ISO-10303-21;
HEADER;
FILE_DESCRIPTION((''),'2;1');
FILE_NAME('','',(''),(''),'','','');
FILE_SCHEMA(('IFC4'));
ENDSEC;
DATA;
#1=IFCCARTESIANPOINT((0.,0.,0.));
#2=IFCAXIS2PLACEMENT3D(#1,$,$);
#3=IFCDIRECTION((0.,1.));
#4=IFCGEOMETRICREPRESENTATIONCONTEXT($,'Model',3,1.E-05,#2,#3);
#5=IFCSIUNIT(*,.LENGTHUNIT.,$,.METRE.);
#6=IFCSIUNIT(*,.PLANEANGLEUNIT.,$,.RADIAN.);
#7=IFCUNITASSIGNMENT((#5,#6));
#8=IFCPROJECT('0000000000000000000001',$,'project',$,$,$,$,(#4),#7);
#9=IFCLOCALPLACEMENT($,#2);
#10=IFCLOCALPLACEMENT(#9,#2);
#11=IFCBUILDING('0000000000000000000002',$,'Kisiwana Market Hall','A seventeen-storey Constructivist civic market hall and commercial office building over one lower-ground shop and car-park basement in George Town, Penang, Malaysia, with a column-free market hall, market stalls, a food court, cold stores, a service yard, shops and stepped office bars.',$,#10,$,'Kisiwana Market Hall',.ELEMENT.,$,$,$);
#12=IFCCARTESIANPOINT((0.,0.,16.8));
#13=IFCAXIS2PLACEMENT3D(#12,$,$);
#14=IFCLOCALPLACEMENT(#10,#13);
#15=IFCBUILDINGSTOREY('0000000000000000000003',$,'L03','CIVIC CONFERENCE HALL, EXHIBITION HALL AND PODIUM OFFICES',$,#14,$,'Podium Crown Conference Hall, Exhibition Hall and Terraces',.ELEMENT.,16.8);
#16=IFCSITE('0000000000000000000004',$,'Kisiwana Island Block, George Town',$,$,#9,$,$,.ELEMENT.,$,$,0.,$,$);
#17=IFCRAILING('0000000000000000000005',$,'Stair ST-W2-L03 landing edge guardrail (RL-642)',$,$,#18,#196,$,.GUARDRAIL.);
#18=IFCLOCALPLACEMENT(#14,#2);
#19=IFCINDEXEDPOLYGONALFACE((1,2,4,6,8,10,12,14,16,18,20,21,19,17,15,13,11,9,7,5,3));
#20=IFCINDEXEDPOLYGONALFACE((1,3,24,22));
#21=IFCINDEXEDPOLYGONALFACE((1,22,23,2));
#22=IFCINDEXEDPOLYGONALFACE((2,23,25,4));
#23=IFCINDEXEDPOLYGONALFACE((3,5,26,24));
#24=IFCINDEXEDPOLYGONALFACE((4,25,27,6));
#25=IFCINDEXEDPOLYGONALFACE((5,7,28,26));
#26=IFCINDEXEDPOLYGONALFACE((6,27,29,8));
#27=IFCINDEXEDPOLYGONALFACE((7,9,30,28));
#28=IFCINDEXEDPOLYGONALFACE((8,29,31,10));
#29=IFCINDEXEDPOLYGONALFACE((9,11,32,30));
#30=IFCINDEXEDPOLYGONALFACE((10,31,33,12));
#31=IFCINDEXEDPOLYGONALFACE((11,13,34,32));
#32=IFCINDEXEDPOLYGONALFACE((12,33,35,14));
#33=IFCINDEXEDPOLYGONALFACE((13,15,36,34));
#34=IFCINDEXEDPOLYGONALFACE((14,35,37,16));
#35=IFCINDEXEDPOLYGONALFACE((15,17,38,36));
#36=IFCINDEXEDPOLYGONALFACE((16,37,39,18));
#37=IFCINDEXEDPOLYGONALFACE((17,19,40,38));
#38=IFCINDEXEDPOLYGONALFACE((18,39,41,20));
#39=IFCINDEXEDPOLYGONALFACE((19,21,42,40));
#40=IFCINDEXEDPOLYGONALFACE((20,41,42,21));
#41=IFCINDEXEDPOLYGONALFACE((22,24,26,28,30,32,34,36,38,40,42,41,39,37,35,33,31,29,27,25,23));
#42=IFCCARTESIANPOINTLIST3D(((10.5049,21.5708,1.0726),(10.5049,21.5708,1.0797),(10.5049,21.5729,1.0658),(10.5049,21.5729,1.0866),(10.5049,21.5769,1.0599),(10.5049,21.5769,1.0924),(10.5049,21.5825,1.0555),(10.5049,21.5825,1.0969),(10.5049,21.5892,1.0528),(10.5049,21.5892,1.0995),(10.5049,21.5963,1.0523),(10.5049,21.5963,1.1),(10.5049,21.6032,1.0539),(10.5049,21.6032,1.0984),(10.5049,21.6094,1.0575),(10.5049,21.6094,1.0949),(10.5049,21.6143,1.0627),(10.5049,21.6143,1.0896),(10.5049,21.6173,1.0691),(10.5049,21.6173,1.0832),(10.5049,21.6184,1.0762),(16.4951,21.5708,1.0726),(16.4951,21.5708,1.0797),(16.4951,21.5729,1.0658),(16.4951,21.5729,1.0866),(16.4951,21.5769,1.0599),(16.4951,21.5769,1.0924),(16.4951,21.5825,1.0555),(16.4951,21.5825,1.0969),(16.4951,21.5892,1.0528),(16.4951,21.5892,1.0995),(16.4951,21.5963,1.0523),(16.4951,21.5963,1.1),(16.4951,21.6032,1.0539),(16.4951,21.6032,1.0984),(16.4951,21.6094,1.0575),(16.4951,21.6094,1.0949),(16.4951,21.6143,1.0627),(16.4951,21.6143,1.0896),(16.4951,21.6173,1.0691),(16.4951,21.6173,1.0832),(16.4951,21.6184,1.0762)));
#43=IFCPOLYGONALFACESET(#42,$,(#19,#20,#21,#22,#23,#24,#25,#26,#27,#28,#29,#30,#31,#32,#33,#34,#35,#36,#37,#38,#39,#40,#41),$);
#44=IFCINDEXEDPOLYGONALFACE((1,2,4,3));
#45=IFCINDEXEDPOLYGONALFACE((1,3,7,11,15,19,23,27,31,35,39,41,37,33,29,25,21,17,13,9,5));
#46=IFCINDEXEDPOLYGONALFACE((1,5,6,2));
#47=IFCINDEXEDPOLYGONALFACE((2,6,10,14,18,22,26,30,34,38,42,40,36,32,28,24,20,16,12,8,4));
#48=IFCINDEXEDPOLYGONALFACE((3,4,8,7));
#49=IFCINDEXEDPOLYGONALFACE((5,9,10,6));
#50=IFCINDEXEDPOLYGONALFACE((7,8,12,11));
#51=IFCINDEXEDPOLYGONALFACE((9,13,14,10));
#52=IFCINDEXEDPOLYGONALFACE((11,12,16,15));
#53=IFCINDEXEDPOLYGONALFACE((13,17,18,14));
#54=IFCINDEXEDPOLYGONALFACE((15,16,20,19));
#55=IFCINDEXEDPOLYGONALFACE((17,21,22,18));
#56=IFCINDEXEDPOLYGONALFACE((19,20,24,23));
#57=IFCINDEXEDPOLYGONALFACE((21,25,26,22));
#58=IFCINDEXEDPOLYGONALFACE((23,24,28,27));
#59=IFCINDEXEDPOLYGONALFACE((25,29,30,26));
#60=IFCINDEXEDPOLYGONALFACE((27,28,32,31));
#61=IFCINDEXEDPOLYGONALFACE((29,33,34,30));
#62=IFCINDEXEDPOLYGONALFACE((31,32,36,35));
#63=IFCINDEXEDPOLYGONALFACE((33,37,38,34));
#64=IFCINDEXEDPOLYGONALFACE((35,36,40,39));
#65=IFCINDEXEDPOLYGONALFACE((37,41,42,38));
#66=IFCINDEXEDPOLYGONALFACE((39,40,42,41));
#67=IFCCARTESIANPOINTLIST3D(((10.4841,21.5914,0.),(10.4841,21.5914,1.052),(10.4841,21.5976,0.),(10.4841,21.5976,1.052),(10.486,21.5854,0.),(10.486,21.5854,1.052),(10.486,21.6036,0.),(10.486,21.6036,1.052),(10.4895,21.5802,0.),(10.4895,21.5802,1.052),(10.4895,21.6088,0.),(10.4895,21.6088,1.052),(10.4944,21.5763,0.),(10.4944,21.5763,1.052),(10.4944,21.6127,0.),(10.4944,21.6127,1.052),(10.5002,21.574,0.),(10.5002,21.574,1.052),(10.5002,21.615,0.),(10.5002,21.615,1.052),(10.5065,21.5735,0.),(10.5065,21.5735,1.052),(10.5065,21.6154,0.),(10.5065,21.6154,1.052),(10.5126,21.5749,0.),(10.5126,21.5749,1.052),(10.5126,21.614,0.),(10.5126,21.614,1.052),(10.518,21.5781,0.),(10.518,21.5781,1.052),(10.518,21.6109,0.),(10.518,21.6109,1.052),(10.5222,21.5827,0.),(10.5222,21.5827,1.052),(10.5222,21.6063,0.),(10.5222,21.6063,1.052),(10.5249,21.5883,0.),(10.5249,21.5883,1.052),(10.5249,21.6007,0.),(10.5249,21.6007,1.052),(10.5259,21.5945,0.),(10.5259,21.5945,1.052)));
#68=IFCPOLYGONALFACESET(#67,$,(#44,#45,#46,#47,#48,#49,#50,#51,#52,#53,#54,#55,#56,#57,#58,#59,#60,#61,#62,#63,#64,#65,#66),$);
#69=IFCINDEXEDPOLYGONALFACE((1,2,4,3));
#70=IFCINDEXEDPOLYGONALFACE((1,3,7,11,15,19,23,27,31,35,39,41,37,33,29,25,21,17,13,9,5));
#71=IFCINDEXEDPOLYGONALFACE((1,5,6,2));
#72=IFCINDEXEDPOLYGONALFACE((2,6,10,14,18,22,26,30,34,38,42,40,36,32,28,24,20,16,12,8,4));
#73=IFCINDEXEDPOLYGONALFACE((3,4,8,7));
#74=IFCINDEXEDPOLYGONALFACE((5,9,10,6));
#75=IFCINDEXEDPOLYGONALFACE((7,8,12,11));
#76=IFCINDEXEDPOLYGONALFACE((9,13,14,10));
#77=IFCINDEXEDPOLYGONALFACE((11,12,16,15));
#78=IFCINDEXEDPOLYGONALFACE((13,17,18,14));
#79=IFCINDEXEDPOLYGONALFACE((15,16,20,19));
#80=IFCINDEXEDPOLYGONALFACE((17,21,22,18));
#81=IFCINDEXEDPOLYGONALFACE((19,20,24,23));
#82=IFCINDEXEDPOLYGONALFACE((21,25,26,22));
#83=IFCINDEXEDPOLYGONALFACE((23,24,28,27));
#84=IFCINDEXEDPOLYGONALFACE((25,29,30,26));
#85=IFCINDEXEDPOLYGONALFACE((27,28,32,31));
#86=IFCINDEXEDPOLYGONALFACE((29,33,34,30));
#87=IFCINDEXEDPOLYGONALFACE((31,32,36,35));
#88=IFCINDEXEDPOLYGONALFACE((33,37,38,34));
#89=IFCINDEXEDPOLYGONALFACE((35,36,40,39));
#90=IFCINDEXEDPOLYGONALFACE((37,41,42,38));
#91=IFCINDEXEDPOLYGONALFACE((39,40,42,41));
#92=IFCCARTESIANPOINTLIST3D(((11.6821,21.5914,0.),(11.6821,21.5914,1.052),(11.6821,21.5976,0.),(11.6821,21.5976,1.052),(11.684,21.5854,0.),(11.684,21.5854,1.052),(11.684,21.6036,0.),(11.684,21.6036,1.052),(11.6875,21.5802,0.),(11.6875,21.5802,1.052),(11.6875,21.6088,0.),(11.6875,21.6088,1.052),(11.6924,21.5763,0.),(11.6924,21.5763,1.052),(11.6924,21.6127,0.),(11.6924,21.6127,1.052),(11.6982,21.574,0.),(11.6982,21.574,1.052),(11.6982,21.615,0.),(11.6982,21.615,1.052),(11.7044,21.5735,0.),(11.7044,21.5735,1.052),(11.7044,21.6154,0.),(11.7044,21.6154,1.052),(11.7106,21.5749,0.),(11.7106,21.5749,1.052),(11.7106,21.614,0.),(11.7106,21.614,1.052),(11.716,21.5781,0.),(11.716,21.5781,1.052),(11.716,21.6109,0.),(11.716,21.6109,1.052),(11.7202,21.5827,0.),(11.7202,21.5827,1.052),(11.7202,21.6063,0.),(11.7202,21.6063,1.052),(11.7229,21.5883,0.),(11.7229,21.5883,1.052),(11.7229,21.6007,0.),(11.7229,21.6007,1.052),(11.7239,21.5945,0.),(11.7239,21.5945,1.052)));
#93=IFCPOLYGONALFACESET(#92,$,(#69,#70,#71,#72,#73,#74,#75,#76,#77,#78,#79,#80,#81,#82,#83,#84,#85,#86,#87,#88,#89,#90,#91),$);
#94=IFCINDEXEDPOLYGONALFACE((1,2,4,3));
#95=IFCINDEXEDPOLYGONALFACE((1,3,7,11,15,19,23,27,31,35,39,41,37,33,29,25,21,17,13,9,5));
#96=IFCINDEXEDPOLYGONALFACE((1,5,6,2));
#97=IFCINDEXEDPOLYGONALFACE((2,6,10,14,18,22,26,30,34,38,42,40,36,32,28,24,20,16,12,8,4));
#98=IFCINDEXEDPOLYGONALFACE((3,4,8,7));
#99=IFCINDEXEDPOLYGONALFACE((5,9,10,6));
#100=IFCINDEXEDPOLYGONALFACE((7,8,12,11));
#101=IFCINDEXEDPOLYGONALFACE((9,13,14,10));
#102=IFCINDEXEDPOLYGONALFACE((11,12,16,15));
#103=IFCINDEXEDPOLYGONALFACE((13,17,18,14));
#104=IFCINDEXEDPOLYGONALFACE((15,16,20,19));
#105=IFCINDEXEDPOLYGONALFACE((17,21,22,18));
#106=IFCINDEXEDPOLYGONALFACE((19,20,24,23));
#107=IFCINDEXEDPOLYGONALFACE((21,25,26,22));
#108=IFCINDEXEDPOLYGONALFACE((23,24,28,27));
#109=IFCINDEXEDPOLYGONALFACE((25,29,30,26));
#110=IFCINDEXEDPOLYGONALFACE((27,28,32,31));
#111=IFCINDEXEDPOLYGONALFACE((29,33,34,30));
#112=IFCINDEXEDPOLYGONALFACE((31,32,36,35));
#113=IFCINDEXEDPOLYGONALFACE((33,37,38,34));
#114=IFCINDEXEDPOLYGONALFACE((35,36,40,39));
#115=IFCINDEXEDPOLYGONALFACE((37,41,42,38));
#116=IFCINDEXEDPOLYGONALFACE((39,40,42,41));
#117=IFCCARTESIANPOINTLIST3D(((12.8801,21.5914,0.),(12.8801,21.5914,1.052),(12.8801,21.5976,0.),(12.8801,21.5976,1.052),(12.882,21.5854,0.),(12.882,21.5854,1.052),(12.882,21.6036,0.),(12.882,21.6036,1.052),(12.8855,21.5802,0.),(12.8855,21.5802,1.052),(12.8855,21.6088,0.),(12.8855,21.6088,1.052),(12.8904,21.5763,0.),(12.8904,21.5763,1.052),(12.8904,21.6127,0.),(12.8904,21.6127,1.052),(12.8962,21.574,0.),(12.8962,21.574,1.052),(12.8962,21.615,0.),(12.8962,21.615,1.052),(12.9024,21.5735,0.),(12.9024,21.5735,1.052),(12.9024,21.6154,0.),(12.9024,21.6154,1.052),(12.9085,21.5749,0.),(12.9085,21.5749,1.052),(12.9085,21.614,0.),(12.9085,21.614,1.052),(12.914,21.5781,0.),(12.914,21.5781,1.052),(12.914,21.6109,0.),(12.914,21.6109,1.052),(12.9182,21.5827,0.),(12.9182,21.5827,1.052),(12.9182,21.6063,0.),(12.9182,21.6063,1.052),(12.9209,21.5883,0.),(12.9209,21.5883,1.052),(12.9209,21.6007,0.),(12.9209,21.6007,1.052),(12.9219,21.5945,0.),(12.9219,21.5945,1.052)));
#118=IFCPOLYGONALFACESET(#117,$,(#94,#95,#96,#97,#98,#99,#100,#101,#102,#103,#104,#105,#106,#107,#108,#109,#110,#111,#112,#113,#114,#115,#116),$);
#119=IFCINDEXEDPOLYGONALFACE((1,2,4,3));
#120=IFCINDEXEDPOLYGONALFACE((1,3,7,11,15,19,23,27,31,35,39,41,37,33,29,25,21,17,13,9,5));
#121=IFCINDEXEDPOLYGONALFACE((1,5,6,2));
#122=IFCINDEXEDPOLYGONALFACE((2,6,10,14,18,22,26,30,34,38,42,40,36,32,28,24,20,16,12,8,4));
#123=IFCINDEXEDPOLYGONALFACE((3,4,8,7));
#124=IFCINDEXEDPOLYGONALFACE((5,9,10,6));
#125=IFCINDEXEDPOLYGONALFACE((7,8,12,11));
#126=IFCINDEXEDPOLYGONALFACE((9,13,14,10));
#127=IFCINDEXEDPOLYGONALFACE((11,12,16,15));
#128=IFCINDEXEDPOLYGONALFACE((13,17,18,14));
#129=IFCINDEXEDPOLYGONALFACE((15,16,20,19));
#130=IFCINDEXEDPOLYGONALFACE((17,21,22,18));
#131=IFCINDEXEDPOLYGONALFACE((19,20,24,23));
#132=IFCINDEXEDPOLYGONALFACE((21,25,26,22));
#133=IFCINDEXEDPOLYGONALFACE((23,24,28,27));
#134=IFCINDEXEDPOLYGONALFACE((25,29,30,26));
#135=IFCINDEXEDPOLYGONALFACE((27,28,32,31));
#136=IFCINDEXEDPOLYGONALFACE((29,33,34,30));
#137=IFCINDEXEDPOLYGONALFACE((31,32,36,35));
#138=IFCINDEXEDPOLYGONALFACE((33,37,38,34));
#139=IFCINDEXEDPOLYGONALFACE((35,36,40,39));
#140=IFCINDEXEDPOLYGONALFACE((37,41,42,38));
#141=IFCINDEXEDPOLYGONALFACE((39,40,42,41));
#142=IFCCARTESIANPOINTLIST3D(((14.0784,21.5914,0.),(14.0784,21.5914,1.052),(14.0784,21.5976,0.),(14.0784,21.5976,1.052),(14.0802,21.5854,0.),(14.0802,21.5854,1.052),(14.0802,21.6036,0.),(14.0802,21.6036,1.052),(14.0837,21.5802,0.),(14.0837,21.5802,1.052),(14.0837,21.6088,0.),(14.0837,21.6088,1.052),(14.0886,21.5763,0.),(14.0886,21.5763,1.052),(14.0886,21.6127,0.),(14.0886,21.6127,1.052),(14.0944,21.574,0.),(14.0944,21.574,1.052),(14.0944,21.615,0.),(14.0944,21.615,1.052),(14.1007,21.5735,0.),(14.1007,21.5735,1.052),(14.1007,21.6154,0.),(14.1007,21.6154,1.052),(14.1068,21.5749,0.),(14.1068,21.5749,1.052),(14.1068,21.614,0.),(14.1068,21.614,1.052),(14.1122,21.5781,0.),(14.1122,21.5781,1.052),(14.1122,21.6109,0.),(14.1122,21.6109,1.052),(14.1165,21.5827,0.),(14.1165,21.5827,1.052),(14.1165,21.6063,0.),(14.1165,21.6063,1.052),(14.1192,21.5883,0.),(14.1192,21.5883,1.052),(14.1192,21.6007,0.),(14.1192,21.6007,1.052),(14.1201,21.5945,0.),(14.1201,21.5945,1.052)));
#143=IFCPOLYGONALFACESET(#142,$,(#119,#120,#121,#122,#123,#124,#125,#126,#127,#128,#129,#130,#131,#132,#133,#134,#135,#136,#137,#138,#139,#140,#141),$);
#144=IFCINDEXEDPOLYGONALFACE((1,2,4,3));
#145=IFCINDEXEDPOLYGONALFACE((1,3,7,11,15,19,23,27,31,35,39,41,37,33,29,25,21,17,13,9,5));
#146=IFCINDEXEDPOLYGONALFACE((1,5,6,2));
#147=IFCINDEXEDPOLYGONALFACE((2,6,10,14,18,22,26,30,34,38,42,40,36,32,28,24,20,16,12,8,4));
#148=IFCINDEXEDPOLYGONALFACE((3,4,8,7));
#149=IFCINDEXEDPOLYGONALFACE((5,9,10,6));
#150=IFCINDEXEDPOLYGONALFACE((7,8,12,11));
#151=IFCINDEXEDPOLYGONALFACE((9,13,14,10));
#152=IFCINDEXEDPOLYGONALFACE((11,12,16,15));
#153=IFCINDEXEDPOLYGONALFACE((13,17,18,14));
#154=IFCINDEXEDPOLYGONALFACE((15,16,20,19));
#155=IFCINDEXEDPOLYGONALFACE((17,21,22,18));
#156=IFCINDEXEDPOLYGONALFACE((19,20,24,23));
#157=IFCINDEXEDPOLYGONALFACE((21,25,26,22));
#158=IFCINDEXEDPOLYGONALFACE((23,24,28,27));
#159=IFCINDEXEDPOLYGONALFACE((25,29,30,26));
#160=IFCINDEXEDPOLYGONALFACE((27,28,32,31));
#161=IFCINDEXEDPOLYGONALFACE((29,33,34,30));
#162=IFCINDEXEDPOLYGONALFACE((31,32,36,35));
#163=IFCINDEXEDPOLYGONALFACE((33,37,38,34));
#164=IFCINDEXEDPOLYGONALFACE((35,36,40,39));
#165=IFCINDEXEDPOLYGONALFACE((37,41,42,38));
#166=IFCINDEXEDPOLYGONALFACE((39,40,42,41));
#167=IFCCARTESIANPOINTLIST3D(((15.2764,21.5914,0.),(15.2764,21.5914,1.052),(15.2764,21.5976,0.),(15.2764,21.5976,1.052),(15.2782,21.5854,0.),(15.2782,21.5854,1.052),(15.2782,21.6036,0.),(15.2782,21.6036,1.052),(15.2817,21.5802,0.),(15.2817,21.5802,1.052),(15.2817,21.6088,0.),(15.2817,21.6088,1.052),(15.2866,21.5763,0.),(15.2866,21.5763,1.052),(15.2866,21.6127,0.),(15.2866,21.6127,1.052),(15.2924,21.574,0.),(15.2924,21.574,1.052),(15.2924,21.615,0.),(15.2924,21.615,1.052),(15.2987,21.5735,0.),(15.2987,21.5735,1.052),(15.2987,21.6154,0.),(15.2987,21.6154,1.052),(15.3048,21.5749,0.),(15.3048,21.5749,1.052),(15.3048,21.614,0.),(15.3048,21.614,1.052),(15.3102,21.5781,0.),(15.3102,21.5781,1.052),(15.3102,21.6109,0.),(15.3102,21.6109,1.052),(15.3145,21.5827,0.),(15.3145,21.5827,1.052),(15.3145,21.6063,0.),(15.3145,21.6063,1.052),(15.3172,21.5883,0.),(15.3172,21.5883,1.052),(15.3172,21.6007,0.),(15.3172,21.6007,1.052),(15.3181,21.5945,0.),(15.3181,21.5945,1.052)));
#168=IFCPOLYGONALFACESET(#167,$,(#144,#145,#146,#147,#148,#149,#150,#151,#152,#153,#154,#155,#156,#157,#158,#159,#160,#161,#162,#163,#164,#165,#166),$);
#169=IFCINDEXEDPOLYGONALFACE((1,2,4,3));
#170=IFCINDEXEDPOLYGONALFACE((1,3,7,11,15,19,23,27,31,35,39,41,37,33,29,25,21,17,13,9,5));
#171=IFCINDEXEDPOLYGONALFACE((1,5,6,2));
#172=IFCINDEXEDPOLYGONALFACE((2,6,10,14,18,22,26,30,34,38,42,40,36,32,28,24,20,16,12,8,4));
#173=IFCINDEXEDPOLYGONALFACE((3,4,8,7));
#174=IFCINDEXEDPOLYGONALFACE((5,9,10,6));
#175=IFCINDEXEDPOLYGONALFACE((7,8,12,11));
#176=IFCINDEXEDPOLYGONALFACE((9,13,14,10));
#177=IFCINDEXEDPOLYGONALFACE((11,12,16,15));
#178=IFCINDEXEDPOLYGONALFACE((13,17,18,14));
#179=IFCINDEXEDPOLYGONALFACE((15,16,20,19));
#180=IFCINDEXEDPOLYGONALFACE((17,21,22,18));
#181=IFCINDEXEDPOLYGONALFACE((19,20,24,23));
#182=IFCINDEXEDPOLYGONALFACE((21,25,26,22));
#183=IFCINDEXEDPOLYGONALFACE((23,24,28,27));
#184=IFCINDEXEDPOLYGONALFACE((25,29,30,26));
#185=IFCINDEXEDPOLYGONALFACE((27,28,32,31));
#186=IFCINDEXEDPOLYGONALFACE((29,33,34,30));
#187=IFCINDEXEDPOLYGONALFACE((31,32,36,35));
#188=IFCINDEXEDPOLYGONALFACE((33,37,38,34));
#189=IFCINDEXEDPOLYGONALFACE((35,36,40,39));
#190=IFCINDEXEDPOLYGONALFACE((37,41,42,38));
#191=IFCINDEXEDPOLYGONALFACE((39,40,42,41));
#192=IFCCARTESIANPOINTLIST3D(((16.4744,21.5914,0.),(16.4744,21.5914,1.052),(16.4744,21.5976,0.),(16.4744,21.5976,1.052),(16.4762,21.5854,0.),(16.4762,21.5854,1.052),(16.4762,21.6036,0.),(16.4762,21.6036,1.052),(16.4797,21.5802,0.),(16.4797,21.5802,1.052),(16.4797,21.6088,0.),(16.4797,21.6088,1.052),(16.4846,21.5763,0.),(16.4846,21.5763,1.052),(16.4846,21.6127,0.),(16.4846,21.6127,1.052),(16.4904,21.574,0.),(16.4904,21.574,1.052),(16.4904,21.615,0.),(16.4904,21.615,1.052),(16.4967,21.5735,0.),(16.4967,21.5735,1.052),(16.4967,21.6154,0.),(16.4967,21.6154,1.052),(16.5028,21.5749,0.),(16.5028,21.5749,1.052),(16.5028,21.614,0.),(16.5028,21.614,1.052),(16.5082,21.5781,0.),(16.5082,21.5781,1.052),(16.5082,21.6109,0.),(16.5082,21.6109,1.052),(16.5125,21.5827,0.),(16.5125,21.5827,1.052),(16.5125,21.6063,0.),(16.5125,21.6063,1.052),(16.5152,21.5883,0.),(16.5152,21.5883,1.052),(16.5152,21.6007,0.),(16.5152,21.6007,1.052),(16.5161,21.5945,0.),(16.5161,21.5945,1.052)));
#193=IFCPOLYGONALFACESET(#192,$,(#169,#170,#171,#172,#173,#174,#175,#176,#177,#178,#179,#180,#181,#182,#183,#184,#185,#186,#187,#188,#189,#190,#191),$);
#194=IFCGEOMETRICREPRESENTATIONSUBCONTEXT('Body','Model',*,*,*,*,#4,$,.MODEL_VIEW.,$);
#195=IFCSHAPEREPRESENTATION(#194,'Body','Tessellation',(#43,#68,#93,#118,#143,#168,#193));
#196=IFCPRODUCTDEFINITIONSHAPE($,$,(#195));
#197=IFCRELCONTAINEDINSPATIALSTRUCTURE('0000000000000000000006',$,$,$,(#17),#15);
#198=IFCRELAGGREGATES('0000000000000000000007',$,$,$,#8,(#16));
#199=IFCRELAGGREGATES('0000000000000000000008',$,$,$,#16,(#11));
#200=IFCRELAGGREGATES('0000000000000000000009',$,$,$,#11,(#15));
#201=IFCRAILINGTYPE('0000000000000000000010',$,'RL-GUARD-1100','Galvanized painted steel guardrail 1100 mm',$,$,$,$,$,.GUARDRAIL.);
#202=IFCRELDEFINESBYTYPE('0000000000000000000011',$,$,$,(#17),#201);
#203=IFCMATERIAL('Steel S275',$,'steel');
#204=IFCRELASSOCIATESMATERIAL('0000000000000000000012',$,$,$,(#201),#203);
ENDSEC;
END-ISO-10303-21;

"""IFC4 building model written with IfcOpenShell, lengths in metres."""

from ifc_helpers import new_model, si_unit, direction, frame, origin, origin_2d, place, context, subcontext, project, spatial, circle, extrude, material, type_object, element, save


model = new_model("IFC4")

# Units and contexts
model_context = context("Model", 3, precision=1e-05, world=origin(), true_north=direction((0.0, 1.0)))
body_context = subcontext(model_context, "Body", "Model", "MODEL_VIEW")
ifc_project = project(units=[si_unit("LENGTHUNIT", "METRE"), si_unit("PLANEANGLEUNIT", "RADIAN")], contexts=[model_context])

# Site, building, storey
site_placement = place(None, origin())
site = spatial("IfcSite", under=ifc_project, at=site_placement, Name="Kisiwana Island Block, George Town", CompositionType="ELEMENT", RefElevation=0.0)
building_placement = place(site_placement, origin())
building = spatial("IfcBuilding", under=site, at=building_placement, Name="Kisiwana Market Hall", Description="A seventeen-storey Constructivist civic market hall and commercial office building over one lower-ground shop and car-park basement in George Town, Penang, Malaysia, with a column-free market hall, market stalls, a food court, cold stores, a service yard, shops and stepped office bars.", LongName="Kisiwana Market Hall", CompositionType="ELEMENT")
storey_placement = place(building_placement, frame((0.0, 0.0, 16.8)))
storey = spatial("IfcBuildingStorey", under=building, at=storey_placement, Name="L03", Description="CIVIC CONFERENCE HALL, EXHIBITION HALL AND PODIUM OFFICES", LongName="Podium Crown Conference Hall, Exhibition Hall and Terraces", CompositionType="ELEMENT", Elevation=16.8)

# Railing
ifc_material_1 = material(Name="Steel S275", Category="steel")
railing_type_1 = type_object("IfcRailingType", Name="RL-GUARD-1100", Description="Galvanized painted steel guardrail 1100 mm", PredefinedType="GUARDRAIL", material=ifc_material_1)
railing_1_placement = place(storey_placement, frame((10.5049, 21.5945, 0.0)))
element("IfcRailing", 1, at=railing_1_placement, inside=storey, type_object=railing_type_1, Name="Stair ST-W2-L03 landing edge guardrail (RL-642)", PredefinedType="GUARDRAIL", context=body_context, shape_type="SweptSolid", body=[
    extrude(circle(Radius=0.0239, at=origin_2d()), frame((0.0, 0.0, 1.0762), z_axis=(1.0, 0.0, 0.0), x_axis=(0.0, 1.0, 0.0)), (0.0, 0.0, 1.0), 5.9902),
    extrude(circle(Radius=0.021, at=origin_2d()), origin(), (0.0, 0.0, 1.0), 1.052),
    extrude(circle(Radius=0.021, at=origin_2d()), frame((1.198, 0.0, 0.0)), (0.0, 0.0, 1.0), 1.052),
    extrude(circle(Radius=0.021, at=origin_2d()), frame((2.396, 0.0, 0.0)), (0.0, 0.0, 1.0), 1.052),
    extrude(circle(Radius=0.021, at=origin_2d()), frame((3.5942, 0.0, 0.0)), (0.0, 0.0, 1.0), 1.052),
    extrude(circle(Radius=0.021, at=origin_2d()), frame((4.7922, 0.0, 0.0)), (0.0, 0.0, 1.0), 1.052),
    extrude(circle(Radius=0.021, at=origin_2d()), frame((5.9902, 0.0, 0.0)), (0.0, 0.0, 1.0), 1.052),
])

save(model, "model.ifc")
